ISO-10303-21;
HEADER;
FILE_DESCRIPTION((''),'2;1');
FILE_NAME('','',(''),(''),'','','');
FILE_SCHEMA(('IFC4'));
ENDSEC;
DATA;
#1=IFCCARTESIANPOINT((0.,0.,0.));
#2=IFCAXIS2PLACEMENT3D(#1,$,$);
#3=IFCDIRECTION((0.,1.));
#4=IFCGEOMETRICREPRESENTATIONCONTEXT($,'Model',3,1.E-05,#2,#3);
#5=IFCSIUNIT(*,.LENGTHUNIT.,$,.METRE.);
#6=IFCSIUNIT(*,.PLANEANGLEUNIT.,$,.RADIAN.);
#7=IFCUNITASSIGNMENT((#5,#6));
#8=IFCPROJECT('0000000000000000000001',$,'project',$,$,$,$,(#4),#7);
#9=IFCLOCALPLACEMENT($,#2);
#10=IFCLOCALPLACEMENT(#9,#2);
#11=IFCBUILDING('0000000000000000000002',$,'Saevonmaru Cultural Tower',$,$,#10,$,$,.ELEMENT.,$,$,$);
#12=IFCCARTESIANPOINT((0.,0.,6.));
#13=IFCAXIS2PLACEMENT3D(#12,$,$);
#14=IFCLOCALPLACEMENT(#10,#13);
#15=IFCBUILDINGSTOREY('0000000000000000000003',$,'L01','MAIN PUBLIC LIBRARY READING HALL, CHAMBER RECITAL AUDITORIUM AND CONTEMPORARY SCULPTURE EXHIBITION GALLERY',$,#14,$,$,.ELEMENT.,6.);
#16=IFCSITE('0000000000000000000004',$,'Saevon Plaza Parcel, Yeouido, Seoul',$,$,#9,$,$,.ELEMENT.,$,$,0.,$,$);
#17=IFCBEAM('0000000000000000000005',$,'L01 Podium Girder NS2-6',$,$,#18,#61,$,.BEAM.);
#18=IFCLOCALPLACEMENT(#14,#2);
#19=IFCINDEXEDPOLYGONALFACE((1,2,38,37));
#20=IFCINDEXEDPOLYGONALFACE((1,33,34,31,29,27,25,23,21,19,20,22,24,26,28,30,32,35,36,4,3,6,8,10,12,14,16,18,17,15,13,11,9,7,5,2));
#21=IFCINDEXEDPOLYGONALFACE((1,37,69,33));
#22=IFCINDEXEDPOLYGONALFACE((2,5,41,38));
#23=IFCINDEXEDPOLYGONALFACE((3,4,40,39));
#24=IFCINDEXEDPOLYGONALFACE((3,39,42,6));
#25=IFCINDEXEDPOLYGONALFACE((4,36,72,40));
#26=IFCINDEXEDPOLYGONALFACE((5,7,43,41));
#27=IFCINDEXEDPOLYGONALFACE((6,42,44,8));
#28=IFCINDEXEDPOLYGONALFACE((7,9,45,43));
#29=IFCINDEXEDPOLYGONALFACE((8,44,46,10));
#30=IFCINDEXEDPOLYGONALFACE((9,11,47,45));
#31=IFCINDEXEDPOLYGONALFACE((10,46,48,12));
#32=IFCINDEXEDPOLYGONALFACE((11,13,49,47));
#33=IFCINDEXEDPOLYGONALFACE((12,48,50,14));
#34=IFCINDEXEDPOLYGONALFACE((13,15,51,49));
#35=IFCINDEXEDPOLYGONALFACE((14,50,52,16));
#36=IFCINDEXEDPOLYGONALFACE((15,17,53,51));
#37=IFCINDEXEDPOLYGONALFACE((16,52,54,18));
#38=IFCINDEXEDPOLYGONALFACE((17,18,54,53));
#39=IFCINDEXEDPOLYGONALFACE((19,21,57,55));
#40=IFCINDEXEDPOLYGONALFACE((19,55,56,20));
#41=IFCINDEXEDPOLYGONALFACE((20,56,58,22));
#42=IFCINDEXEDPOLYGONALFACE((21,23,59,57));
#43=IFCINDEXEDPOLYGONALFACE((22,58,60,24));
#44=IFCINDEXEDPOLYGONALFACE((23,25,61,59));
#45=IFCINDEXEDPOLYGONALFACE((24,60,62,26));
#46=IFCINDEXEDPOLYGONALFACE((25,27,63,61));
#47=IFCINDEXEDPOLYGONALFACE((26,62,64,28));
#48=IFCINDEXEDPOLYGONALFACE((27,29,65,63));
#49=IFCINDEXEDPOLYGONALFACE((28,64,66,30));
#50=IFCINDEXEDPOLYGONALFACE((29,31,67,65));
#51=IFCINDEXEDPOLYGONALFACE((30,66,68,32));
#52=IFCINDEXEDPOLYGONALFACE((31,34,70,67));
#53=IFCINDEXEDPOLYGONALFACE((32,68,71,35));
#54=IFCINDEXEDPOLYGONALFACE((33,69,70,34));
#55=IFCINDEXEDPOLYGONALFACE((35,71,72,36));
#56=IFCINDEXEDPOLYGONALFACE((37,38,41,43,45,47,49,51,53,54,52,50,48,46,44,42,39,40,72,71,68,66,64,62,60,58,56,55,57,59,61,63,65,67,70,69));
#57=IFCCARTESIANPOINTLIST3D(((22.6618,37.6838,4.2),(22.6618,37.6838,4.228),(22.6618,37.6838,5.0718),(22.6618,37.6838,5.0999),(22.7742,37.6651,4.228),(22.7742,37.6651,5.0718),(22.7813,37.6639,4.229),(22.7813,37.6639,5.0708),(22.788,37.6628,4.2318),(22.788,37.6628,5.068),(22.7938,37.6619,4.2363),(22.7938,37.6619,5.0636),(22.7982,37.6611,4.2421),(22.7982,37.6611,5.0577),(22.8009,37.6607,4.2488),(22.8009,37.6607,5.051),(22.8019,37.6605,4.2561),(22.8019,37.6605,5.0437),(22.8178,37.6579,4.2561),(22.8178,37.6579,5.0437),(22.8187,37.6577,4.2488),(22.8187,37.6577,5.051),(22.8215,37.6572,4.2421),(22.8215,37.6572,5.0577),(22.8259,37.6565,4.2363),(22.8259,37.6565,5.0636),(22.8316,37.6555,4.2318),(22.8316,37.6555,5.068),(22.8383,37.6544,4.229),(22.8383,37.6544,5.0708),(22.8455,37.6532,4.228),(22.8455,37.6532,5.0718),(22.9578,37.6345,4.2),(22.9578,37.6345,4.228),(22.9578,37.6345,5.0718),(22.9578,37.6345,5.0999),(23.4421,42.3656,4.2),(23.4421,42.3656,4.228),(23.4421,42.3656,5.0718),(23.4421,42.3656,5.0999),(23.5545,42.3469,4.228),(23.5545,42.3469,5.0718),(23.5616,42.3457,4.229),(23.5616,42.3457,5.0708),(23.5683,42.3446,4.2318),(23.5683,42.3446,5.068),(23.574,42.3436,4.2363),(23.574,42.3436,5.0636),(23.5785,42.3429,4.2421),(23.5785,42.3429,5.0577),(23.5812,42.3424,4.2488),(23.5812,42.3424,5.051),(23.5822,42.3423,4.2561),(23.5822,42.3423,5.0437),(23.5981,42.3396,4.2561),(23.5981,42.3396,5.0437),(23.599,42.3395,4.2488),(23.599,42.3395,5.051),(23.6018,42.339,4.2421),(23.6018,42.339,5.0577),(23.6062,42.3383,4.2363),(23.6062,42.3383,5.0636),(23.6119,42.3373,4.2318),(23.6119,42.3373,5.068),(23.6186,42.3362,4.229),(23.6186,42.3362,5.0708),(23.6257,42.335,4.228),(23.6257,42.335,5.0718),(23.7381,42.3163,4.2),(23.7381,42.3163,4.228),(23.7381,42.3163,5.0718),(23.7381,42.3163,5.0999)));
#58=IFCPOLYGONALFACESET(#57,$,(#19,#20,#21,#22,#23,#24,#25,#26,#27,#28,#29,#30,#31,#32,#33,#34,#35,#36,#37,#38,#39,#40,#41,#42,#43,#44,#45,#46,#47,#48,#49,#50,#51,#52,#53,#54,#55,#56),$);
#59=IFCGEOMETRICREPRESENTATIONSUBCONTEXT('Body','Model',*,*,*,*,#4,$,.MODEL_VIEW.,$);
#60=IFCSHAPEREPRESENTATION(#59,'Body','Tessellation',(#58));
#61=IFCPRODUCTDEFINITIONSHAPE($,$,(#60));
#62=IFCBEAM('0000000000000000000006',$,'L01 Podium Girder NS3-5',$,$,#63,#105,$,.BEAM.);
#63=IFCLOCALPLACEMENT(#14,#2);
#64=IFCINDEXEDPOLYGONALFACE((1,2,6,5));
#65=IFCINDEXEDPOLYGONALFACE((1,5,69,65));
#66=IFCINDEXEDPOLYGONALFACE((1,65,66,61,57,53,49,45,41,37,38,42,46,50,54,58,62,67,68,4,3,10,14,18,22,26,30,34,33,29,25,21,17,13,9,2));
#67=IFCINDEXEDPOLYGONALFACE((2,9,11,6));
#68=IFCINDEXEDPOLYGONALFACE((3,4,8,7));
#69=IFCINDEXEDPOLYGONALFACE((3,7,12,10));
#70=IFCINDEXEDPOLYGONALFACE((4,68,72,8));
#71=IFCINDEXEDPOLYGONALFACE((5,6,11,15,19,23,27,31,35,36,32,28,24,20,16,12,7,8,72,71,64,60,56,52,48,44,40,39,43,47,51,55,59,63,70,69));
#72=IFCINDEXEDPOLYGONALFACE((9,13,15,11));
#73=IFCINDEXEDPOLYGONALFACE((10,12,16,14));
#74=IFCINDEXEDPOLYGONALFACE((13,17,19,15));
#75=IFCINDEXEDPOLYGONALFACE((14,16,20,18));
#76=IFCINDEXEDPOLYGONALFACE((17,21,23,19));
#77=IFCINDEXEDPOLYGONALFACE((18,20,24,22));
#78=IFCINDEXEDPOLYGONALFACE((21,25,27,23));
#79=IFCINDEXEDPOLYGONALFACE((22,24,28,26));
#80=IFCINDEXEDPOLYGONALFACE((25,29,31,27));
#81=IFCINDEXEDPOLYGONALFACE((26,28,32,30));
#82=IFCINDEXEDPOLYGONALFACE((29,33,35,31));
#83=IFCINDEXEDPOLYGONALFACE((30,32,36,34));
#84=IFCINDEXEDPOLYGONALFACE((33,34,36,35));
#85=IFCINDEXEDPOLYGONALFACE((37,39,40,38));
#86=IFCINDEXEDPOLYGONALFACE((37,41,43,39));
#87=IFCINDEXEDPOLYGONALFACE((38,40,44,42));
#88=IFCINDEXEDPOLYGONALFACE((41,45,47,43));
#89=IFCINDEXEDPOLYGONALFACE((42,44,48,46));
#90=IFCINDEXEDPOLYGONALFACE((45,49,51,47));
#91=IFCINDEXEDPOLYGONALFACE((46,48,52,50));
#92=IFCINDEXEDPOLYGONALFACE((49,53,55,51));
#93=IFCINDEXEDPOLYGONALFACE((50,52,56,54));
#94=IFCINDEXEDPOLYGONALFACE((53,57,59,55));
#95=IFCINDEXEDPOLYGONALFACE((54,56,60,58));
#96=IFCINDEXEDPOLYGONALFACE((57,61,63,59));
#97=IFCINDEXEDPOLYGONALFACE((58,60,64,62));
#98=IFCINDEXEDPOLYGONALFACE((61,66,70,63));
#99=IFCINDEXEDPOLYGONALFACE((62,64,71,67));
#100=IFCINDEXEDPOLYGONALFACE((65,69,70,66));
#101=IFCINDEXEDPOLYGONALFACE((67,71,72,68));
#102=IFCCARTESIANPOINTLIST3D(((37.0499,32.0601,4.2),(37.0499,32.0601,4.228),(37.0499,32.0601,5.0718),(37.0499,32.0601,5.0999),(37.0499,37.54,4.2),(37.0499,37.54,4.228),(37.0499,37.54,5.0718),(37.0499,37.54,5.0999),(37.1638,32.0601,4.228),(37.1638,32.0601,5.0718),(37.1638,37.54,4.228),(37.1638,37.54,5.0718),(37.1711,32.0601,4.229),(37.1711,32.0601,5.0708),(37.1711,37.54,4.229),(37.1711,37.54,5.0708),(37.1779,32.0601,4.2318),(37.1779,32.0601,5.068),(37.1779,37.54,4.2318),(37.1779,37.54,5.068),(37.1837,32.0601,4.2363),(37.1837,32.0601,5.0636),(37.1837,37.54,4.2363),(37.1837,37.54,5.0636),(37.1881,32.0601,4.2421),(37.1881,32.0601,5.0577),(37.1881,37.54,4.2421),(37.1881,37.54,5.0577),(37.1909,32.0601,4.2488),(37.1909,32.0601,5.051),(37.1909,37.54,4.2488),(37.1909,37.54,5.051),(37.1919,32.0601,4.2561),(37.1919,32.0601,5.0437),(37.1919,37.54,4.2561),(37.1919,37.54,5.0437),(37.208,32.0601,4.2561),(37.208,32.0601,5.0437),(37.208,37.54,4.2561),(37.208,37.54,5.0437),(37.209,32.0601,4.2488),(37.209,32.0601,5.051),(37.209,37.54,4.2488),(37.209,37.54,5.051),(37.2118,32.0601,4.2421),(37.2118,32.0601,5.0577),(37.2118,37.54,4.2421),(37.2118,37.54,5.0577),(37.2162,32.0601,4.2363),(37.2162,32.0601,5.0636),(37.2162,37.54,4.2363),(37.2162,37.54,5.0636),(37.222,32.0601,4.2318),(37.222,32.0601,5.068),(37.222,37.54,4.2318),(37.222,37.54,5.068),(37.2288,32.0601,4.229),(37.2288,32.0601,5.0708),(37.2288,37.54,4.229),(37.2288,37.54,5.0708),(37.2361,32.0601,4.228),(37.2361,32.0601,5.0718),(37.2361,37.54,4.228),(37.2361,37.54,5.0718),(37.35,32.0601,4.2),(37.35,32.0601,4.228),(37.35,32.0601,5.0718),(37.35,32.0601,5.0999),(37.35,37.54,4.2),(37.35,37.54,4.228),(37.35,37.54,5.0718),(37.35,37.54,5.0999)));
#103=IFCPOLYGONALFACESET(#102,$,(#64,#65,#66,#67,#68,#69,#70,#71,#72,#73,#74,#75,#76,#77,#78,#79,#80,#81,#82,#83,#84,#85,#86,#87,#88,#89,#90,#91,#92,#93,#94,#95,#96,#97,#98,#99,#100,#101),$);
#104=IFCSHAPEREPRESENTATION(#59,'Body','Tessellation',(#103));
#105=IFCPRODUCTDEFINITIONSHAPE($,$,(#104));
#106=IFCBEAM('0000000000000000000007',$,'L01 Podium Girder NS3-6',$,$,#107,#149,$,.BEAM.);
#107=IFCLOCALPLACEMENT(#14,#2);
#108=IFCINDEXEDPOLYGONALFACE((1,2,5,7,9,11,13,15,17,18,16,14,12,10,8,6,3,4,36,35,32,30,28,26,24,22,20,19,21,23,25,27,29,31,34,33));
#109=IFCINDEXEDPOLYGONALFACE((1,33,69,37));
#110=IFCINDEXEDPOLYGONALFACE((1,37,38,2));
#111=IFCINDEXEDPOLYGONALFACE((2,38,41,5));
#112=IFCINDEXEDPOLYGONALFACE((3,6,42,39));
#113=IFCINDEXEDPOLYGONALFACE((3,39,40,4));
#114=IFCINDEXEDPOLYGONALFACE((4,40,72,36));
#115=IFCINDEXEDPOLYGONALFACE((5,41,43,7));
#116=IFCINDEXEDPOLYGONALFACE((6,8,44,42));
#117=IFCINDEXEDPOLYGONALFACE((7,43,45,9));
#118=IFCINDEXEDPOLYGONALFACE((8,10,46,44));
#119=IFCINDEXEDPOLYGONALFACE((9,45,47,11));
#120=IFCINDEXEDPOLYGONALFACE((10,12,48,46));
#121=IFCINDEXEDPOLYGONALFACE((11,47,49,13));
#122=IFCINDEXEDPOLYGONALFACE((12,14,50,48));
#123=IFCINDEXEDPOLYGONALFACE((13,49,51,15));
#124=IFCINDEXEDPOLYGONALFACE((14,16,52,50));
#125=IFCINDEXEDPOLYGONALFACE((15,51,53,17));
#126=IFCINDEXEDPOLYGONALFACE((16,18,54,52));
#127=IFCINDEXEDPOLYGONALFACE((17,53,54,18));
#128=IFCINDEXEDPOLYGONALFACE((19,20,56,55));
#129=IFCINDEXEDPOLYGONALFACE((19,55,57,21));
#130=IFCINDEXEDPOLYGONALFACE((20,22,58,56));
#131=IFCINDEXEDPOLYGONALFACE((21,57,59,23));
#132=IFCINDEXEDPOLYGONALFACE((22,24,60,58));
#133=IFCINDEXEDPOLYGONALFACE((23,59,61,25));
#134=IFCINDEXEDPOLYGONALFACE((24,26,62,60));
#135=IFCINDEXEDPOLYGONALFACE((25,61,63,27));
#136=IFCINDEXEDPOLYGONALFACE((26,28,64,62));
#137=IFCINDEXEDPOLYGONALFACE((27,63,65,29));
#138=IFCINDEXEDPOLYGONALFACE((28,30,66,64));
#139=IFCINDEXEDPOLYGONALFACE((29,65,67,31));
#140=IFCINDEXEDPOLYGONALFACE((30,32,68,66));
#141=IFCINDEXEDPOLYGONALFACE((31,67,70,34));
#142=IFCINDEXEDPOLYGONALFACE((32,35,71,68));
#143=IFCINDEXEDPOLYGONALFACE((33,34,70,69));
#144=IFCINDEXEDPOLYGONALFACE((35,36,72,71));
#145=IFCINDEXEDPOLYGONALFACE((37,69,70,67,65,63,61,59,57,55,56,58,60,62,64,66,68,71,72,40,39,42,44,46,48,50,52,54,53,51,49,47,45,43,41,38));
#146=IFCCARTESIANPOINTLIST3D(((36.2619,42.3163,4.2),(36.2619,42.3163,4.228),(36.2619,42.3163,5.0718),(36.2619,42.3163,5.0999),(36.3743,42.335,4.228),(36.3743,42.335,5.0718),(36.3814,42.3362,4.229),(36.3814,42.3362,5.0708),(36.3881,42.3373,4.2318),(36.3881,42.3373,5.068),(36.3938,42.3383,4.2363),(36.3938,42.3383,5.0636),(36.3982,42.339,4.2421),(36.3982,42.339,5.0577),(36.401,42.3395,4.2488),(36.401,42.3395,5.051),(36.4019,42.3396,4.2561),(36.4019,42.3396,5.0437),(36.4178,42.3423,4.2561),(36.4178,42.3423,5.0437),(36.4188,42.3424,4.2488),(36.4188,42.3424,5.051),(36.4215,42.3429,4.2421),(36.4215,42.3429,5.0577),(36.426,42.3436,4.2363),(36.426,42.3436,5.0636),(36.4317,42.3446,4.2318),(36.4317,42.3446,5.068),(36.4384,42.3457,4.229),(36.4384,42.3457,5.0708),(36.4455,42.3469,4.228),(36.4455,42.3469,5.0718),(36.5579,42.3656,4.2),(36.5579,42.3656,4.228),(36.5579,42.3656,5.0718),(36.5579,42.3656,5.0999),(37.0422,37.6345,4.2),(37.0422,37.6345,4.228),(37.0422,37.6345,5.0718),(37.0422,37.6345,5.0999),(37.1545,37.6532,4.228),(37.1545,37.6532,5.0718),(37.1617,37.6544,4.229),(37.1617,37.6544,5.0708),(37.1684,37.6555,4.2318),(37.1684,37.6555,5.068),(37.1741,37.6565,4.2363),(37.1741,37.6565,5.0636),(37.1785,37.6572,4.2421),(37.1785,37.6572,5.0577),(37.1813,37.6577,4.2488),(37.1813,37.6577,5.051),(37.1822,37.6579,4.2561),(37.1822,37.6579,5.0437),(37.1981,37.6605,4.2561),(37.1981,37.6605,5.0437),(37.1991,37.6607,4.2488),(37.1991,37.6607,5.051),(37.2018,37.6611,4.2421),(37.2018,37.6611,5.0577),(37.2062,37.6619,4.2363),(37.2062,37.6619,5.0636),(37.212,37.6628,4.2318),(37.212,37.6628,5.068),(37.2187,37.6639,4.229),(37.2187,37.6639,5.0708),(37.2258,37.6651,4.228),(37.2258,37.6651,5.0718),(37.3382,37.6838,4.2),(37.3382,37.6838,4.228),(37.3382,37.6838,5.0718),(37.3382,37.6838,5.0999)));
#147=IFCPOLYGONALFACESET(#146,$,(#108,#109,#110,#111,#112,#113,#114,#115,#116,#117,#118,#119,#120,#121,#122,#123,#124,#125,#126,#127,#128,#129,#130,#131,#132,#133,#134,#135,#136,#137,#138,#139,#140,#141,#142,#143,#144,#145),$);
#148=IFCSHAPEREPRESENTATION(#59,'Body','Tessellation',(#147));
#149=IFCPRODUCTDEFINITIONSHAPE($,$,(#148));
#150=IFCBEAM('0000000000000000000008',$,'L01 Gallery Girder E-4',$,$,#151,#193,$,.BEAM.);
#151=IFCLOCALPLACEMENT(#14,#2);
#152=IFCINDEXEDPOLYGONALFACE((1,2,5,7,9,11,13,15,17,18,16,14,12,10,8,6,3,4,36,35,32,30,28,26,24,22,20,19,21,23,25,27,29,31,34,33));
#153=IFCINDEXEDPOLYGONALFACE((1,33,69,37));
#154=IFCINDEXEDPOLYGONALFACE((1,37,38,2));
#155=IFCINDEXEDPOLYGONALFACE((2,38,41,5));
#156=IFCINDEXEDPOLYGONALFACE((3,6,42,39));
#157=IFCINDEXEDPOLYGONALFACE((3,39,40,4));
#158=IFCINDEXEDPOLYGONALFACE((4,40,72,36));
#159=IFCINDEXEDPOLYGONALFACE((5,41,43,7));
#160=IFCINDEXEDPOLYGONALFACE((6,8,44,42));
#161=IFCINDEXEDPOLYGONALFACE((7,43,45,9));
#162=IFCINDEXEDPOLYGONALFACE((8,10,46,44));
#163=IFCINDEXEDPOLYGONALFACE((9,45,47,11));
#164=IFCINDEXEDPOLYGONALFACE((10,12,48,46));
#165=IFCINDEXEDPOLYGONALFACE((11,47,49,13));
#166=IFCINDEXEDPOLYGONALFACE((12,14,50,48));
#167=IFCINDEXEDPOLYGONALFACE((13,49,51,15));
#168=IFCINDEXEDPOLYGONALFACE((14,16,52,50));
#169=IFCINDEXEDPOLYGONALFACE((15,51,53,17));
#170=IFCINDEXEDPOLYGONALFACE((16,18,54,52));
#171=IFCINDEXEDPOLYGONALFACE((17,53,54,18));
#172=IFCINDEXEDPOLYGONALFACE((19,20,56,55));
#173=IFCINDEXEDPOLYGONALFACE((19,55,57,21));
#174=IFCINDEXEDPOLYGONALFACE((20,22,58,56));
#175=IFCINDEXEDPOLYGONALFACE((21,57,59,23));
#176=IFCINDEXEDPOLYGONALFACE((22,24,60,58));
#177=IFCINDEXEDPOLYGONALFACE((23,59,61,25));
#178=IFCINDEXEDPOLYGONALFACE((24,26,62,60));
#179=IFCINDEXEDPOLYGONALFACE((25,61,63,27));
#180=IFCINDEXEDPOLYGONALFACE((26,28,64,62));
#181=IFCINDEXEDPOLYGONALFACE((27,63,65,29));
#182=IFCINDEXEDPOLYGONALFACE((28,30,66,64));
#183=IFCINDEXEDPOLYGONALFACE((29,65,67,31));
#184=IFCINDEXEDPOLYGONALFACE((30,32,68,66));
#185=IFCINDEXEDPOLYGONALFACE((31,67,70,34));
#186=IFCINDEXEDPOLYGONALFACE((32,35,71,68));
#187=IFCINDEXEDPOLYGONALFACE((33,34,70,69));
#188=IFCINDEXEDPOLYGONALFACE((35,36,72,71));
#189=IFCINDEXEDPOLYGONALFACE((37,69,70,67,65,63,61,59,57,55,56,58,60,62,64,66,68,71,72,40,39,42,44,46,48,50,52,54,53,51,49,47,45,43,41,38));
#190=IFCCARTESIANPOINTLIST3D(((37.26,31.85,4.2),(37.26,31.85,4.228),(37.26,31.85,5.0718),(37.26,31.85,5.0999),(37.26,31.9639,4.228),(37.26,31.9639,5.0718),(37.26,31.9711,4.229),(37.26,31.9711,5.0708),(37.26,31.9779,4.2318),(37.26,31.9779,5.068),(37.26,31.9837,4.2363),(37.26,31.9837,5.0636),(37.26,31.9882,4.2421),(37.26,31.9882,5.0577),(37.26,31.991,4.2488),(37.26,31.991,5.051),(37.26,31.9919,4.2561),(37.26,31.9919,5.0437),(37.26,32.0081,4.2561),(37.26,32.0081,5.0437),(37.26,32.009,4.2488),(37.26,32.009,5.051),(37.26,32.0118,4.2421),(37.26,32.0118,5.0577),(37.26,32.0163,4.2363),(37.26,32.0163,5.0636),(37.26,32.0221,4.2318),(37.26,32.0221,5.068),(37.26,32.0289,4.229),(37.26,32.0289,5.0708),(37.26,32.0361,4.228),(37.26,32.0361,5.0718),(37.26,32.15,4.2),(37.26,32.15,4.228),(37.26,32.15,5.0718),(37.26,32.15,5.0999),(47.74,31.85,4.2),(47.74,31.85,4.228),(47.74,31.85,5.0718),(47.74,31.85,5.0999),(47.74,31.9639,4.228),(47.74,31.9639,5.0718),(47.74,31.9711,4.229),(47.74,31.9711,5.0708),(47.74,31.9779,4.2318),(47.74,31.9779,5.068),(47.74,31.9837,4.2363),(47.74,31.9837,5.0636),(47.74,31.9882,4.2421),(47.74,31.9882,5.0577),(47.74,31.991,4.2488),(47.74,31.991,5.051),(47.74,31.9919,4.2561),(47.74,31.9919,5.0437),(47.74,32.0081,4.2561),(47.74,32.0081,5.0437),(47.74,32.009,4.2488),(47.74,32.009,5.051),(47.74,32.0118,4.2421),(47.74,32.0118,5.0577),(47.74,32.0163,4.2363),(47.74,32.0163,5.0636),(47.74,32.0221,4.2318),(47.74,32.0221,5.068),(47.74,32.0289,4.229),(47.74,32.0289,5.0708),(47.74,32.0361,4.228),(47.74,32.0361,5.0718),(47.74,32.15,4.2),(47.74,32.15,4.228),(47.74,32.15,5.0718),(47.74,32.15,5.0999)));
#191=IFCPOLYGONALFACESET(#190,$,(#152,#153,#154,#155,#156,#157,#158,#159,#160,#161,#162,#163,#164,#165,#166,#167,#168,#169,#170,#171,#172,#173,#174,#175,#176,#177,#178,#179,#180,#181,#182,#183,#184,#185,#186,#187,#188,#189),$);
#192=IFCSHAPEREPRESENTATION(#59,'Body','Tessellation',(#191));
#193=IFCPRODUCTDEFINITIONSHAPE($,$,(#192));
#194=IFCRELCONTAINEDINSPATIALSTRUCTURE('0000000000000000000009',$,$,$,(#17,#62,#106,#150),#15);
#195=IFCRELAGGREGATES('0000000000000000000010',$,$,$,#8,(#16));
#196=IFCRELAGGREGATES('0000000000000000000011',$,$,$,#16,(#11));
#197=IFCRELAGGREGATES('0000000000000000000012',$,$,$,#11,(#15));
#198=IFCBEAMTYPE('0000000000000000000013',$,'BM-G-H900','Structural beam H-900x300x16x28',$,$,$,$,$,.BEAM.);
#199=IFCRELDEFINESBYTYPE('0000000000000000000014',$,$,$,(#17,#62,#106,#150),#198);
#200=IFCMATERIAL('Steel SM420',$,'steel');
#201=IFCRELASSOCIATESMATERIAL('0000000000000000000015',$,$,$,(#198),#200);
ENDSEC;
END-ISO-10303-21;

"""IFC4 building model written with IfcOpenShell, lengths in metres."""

from ifc_helpers import new_model, si_unit, direction, frame, origin, origin_2d, place, context, subcontext, project, spatial, i_section, extrude, material, material_profile, profile_set, type_object, element, save


model = new_model("IFC4")

# Units and contexts
model_context = context("Model", 3, precision=1e-05, world=origin(), true_north=direction((0.0, 1.0)))
body_context = subcontext(model_context, "Body", "Model", "MODEL_VIEW")
ifc_project = project(units=[si_unit("LENGTHUNIT", "METRE"), si_unit("PLANEANGLEUNIT", "RADIAN")], contexts=[model_context])

# Site, building, storey
site_placement = place(None, origin())
site = spatial("IfcSite", under=ifc_project, at=site_placement, Name="Saevon Plaza Parcel, Yeouido, Seoul", CompositionType="ELEMENT", RefElevation=0.0)
building_placement = place(site_placement, origin())
building = spatial("IfcBuilding", under=site, at=building_placement, Name="Saevonmaru Cultural Tower", CompositionType="ELEMENT")
storey_placement = place(building_placement, frame((0.0, 0.0, 6.0)))
storey = spatial("IfcBuildingStorey", under=building, at=storey_placement, Name="L01", Description="MAIN PUBLIC LIBRARY READING HALL, CHAMBER RECITAL AUDITORIUM AND CONTEMPORARY SCULPTURE EXHIBITION GALLERY", CompositionType="ELEMENT", Elevation=6.0)

# Shared definitions
ifc_material_1 = material(Name="Steel SM420", Category="steel")

# Beams
ifc_material_profile_1 = material_profile(ifc_material_1, i_section(OverallWidth=0.3, OverallDepth=0.8999, WebThickness=0.0161, FlangeThickness=0.0281, FilletRadius=0.0281, at=origin_2d()), Name="H-900x300x16x28")
ifc_profile_set_1 = profile_set([ifc_material_profile_1], Name="Steel SM420")
beam_type_1 = type_object("IfcBeamType", Name="BM-G-H900", Description="Structural beam H-900x300x16x28", PredefinedType="BEAM", material=ifc_profile_set_1)
beam_1_placement = place(storey_placement, frame((22.8098, 37.6592, 4.6499), z_axis=(0.164399, 0.986394, 0.0), x_axis=(-0.986394, 0.164399, 0.0)))
element("IfcBeam", 1, at=beam_1_placement, inside=storey, type_object=beam_type_1, Name="L01 Podium Girder NS2-6", PredefinedType="BEAM", context=body_context, shape_type="SweptSolid", body=[
    extrude(i_section(OverallWidth=0.3, OverallDepth=0.8999, WebThickness=0.0161, FlangeThickness=0.0281, FilletRadius=0.0281, at=origin_2d()), origin(), (0.0, 0.0, 1.0), 4.7463),
])
beam_2_placement = place(storey_placement, frame((37.2, 32.0601, 4.6499), z_axis=(0.0, 1.0, 0.0), x_axis=(-1.0, 0.0, 0.0)))
element("IfcBeam", 2, at=beam_2_placement, inside=storey, type_object=beam_type_1, Name="L01 Podium Girder NS3-5", PredefinedType="BEAM", context=body_context, shape_type="SweptSolid", body=[
    extrude(i_section(OverallWidth=0.3, OverallDepth=0.8999, WebThickness=0.0161, FlangeThickness=0.0281, FilletRadius=0.0281, at=origin_2d()), origin(), (0.0, 0.0, 1.0), 5.48),
])
beam_3_placement = place(storey_placement, frame((37.1902, 37.6592, 4.6499), z_axis=(-0.164399, 0.986394, 0.0), x_axis=(-0.986394, -0.164399, 0.0)))
element("IfcBeam", 3, at=beam_3_placement, inside=storey, type_object=beam_type_1, Name="L01 Podium Girder NS3-6", PredefinedType="BEAM", context=body_context, shape_type="SweptSolid", body=[
    extrude(i_section(OverallWidth=0.3, OverallDepth=0.8999, WebThickness=0.0161, FlangeThickness=0.0281, FilletRadius=0.0281, at=origin_2d()), origin(), (0.0, 0.0, 1.0), 4.7463),
])
beam_4_placement = place(storey_placement, frame((37.26, 32.0, 4.6499), z_axis=(1.0, 0.0, 0.0), x_axis=(0.0, 1.0, 0.0)))
element("IfcBeam", 4, at=beam_4_placement, inside=storey, type_object=beam_type_1, Name="L01 Gallery Girder E-4", PredefinedType="BEAM", context=body_context, shape_type="SweptSolid", body=[
    extrude(i_section(OverallWidth=0.3, OverallDepth=0.8999, WebThickness=0.0161, FlangeThickness=0.0281, FilletRadius=0.0281, at=origin_2d()), origin(), (0.0, 0.0, 1.0), 10.48),
])

save(model, "model.ifc")
